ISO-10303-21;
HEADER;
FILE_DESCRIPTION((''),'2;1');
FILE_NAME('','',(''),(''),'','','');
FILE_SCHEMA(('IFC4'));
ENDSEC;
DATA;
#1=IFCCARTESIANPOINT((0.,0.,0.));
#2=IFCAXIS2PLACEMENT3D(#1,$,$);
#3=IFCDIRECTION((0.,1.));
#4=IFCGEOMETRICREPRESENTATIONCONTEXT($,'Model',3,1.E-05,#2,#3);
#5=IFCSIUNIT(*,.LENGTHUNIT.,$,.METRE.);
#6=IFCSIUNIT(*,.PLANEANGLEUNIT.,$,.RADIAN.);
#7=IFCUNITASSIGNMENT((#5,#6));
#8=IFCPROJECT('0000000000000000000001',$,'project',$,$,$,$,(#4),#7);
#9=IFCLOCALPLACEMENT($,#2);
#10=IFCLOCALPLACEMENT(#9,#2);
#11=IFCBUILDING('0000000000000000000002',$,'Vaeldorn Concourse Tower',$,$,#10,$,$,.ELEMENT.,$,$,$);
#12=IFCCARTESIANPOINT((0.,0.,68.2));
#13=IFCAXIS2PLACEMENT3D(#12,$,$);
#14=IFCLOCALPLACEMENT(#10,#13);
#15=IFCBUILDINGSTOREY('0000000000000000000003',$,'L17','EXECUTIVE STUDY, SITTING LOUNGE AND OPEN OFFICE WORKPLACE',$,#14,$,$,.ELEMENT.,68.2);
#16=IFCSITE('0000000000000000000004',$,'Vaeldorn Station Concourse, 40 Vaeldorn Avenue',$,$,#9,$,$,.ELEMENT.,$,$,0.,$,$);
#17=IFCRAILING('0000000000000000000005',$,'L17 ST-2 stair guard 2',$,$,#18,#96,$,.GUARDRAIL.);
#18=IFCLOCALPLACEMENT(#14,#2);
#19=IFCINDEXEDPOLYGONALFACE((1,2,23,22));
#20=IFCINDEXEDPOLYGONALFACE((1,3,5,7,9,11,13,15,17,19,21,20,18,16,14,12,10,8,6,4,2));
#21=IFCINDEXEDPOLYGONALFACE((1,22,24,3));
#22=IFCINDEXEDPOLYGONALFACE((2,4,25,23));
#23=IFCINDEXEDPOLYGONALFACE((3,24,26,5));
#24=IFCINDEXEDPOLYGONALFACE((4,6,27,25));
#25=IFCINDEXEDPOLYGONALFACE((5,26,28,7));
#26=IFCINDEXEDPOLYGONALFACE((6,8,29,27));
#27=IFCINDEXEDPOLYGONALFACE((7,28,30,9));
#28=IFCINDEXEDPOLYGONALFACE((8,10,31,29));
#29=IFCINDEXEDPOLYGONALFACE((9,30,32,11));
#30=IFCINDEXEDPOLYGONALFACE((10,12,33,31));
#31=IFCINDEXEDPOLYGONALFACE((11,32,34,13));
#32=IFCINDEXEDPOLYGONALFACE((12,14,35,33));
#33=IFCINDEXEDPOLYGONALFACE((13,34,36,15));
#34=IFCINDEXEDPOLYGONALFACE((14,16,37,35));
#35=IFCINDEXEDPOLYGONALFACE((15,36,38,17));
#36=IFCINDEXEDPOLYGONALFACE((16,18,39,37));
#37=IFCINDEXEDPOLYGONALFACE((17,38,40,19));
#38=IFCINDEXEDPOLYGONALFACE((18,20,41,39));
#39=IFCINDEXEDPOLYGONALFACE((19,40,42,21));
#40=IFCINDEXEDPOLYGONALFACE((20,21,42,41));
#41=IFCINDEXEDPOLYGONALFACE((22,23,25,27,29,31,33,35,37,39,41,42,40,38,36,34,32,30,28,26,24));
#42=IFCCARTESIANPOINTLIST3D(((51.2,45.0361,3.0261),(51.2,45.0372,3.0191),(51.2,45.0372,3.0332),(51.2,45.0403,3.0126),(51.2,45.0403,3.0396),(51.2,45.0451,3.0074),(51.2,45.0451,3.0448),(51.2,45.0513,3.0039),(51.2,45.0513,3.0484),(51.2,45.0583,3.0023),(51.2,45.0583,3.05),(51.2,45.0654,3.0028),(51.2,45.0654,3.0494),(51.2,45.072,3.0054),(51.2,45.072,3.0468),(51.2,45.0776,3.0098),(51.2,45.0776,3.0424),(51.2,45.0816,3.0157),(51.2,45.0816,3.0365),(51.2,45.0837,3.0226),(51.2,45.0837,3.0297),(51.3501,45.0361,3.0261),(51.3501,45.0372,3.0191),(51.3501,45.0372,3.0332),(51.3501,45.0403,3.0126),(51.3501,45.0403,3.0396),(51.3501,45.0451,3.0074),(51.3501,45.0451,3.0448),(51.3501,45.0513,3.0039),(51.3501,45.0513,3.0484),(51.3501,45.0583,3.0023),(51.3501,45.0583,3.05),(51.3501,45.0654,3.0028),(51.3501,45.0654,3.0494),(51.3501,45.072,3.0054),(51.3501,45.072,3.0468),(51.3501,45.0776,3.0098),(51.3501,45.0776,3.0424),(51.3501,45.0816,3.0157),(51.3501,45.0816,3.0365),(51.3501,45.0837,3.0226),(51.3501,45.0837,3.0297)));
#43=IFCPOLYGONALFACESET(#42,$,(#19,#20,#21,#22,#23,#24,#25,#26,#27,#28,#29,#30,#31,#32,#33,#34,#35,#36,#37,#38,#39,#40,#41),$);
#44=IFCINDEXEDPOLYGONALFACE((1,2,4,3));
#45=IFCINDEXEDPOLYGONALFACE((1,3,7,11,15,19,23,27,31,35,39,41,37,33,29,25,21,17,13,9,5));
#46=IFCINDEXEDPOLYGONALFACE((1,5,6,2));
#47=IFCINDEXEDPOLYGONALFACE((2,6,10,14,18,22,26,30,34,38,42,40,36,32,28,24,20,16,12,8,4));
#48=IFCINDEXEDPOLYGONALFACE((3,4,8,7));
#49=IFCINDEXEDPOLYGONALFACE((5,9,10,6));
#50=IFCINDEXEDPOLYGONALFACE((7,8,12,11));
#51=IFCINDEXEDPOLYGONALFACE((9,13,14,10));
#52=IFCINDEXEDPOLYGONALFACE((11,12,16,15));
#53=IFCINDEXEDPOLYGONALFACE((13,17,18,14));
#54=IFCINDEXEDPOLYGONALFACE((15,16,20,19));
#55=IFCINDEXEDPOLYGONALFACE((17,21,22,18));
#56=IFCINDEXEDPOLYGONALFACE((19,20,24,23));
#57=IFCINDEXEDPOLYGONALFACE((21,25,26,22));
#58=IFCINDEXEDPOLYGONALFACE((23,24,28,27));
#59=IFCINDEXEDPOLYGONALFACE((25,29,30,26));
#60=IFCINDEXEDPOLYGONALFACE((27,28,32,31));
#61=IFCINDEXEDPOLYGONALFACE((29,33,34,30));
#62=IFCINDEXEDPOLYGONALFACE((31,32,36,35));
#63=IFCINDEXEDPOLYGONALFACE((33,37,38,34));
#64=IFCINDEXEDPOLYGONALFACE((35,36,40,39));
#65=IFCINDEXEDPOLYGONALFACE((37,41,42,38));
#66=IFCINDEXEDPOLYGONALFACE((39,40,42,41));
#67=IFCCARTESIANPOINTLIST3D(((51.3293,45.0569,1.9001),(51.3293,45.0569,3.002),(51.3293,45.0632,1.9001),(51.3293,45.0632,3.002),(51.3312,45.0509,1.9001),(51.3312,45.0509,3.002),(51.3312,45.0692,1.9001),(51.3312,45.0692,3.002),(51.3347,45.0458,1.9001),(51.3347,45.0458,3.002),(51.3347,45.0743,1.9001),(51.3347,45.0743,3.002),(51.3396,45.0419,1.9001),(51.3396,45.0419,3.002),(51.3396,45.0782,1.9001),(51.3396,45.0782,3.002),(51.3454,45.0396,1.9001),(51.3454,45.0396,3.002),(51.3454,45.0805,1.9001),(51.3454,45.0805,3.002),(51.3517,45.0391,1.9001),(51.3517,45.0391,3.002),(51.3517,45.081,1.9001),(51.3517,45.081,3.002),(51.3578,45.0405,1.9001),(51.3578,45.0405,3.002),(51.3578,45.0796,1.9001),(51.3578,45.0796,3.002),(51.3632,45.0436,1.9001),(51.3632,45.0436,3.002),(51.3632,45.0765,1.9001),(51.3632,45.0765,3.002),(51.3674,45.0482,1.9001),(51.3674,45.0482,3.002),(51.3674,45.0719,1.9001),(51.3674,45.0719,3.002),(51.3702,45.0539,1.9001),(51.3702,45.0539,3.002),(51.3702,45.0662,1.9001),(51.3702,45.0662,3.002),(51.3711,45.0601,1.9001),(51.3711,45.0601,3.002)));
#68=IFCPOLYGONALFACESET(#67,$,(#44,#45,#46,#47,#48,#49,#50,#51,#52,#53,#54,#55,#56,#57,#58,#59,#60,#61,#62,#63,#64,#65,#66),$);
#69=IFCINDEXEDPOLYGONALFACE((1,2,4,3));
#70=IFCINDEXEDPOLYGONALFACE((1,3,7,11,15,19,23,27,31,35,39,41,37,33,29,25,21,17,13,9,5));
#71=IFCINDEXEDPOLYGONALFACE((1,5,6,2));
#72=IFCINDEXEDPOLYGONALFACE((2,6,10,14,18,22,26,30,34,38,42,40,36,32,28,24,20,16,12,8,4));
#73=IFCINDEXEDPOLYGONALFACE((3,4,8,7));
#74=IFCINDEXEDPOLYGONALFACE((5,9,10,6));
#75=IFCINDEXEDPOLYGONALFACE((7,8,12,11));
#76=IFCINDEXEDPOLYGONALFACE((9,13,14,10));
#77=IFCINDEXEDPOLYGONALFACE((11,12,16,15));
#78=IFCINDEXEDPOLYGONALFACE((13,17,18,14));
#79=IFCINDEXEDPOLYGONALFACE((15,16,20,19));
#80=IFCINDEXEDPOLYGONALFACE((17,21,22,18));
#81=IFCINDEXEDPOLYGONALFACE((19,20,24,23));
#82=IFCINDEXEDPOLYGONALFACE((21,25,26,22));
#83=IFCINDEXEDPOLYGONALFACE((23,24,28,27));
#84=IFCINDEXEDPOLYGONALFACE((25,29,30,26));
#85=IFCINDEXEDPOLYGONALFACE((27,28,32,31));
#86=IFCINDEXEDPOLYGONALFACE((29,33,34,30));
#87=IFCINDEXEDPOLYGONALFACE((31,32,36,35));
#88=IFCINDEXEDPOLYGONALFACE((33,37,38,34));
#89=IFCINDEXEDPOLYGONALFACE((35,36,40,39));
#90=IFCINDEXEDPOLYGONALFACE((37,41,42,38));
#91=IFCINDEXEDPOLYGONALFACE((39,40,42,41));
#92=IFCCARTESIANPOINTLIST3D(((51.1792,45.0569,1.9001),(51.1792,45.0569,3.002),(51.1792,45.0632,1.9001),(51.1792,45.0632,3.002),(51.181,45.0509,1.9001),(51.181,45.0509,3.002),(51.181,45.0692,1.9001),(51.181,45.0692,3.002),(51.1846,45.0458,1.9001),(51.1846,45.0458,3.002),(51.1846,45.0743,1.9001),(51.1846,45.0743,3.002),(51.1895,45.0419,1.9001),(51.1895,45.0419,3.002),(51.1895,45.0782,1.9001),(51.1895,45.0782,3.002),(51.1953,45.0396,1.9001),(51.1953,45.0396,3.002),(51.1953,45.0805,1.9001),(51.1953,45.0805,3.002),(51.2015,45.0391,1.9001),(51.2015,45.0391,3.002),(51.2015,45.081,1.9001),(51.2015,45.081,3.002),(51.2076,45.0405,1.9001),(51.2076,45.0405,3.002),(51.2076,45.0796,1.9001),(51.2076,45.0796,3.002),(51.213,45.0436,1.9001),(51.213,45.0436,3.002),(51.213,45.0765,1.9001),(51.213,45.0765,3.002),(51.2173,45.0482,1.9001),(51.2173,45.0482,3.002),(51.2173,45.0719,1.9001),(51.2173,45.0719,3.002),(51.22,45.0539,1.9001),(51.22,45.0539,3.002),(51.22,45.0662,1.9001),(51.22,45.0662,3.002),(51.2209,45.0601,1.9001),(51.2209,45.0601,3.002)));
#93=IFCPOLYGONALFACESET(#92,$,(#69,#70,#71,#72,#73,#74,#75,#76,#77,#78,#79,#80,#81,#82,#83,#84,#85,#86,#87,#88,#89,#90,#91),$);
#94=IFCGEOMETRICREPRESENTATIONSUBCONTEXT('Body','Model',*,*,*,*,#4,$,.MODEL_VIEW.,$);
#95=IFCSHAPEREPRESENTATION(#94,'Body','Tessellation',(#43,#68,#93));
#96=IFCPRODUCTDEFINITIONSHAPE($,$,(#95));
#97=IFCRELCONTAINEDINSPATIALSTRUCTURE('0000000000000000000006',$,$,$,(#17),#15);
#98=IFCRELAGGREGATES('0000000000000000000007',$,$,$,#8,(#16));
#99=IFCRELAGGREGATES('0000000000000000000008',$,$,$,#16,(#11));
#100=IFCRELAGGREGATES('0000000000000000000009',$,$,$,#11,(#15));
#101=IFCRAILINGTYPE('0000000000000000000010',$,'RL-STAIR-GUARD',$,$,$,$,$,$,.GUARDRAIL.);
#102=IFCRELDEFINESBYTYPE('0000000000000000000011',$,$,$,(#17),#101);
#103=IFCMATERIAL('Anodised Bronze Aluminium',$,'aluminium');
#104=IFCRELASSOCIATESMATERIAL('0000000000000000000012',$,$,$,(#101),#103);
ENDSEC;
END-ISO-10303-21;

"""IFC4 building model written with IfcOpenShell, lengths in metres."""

from ifc_helpers import new_model, si_unit, direction, frame, origin, origin_2d, place, context, subcontext, project, spatial, circle, extrude, material, type_object, element, save


model = new_model("IFC4")

# Units and contexts
model_context = context("Model", 3, precision=1e-05, world=origin(), true_north=direction((0.0, 1.0)))
body_context = subcontext(model_context, "Body", "Model", "MODEL_VIEW")
ifc_project = project(units=[si_unit("LENGTHUNIT", "METRE"), si_unit("PLANEANGLEUNIT", "RADIAN")], contexts=[model_context])

# Site, building, storey
site_placement = place(None, origin())
site = spatial("IfcSite", under=ifc_project, at=site_placement, Name="Vaeldorn Station Concourse, 40 Vaeldorn Avenue", CompositionType="ELEMENT", RefElevation=0.0)
building_placement = place(site_placement, origin())
building = spatial("IfcBuilding", under=site, at=building_placement, Name="Vaeldorn Concourse Tower", CompositionType="ELEMENT")
storey_placement = place(building_placement, frame((0.0, 0.0, 68.2)))
storey = spatial("IfcBuildingStorey", under=building, at=storey_placement, Name="L17", Description="EXECUTIVE STUDY, SITTING LOUNGE AND OPEN OFFICE WORKPLACE", CompositionType="ELEMENT", Elevation=68.2)

# Shared definitions
ifc_material_1 = material(Name="Anodised Bronze Aluminium", Category="aluminium")

# Railing
railing_type_1 = type_object("IfcRailingType", Name="RL-STAIR-GUARD", PredefinedType="GUARDRAIL", material=ifc_material_1)
railing_1_placement = place(storey_placement, frame((51.3501, 45.0601, 1.9001)))
element("IfcRailing", 1, at=railing_1_placement, inside=storey, type_object=railing_type_1, Name="L17 ST-2 stair guard 2", PredefinedType="GUARDRAIL", context=body_context, shape_type="SweptSolid", body=[
    extrude(circle(Radius=0.0239, at=origin_2d()), frame((0.0, 0.0, 1.126), z_axis=(-1.0, 0.0, 0.0), x_axis=(0.0, -1.0, 0.0)), (0.0, 0.0, 1.0), 0.1501),
    extrude(circle(Radius=0.021, at=origin_2d()), origin(), (0.0, 0.0, 1.0), 1.1018),
    extrude(circle(Radius=0.021, at=origin_2d()), frame((-0.1501, 0.0, 0.0)), (0.0, 0.0, 1.0), 1.1018),
])

save(model, "model.ifc")
